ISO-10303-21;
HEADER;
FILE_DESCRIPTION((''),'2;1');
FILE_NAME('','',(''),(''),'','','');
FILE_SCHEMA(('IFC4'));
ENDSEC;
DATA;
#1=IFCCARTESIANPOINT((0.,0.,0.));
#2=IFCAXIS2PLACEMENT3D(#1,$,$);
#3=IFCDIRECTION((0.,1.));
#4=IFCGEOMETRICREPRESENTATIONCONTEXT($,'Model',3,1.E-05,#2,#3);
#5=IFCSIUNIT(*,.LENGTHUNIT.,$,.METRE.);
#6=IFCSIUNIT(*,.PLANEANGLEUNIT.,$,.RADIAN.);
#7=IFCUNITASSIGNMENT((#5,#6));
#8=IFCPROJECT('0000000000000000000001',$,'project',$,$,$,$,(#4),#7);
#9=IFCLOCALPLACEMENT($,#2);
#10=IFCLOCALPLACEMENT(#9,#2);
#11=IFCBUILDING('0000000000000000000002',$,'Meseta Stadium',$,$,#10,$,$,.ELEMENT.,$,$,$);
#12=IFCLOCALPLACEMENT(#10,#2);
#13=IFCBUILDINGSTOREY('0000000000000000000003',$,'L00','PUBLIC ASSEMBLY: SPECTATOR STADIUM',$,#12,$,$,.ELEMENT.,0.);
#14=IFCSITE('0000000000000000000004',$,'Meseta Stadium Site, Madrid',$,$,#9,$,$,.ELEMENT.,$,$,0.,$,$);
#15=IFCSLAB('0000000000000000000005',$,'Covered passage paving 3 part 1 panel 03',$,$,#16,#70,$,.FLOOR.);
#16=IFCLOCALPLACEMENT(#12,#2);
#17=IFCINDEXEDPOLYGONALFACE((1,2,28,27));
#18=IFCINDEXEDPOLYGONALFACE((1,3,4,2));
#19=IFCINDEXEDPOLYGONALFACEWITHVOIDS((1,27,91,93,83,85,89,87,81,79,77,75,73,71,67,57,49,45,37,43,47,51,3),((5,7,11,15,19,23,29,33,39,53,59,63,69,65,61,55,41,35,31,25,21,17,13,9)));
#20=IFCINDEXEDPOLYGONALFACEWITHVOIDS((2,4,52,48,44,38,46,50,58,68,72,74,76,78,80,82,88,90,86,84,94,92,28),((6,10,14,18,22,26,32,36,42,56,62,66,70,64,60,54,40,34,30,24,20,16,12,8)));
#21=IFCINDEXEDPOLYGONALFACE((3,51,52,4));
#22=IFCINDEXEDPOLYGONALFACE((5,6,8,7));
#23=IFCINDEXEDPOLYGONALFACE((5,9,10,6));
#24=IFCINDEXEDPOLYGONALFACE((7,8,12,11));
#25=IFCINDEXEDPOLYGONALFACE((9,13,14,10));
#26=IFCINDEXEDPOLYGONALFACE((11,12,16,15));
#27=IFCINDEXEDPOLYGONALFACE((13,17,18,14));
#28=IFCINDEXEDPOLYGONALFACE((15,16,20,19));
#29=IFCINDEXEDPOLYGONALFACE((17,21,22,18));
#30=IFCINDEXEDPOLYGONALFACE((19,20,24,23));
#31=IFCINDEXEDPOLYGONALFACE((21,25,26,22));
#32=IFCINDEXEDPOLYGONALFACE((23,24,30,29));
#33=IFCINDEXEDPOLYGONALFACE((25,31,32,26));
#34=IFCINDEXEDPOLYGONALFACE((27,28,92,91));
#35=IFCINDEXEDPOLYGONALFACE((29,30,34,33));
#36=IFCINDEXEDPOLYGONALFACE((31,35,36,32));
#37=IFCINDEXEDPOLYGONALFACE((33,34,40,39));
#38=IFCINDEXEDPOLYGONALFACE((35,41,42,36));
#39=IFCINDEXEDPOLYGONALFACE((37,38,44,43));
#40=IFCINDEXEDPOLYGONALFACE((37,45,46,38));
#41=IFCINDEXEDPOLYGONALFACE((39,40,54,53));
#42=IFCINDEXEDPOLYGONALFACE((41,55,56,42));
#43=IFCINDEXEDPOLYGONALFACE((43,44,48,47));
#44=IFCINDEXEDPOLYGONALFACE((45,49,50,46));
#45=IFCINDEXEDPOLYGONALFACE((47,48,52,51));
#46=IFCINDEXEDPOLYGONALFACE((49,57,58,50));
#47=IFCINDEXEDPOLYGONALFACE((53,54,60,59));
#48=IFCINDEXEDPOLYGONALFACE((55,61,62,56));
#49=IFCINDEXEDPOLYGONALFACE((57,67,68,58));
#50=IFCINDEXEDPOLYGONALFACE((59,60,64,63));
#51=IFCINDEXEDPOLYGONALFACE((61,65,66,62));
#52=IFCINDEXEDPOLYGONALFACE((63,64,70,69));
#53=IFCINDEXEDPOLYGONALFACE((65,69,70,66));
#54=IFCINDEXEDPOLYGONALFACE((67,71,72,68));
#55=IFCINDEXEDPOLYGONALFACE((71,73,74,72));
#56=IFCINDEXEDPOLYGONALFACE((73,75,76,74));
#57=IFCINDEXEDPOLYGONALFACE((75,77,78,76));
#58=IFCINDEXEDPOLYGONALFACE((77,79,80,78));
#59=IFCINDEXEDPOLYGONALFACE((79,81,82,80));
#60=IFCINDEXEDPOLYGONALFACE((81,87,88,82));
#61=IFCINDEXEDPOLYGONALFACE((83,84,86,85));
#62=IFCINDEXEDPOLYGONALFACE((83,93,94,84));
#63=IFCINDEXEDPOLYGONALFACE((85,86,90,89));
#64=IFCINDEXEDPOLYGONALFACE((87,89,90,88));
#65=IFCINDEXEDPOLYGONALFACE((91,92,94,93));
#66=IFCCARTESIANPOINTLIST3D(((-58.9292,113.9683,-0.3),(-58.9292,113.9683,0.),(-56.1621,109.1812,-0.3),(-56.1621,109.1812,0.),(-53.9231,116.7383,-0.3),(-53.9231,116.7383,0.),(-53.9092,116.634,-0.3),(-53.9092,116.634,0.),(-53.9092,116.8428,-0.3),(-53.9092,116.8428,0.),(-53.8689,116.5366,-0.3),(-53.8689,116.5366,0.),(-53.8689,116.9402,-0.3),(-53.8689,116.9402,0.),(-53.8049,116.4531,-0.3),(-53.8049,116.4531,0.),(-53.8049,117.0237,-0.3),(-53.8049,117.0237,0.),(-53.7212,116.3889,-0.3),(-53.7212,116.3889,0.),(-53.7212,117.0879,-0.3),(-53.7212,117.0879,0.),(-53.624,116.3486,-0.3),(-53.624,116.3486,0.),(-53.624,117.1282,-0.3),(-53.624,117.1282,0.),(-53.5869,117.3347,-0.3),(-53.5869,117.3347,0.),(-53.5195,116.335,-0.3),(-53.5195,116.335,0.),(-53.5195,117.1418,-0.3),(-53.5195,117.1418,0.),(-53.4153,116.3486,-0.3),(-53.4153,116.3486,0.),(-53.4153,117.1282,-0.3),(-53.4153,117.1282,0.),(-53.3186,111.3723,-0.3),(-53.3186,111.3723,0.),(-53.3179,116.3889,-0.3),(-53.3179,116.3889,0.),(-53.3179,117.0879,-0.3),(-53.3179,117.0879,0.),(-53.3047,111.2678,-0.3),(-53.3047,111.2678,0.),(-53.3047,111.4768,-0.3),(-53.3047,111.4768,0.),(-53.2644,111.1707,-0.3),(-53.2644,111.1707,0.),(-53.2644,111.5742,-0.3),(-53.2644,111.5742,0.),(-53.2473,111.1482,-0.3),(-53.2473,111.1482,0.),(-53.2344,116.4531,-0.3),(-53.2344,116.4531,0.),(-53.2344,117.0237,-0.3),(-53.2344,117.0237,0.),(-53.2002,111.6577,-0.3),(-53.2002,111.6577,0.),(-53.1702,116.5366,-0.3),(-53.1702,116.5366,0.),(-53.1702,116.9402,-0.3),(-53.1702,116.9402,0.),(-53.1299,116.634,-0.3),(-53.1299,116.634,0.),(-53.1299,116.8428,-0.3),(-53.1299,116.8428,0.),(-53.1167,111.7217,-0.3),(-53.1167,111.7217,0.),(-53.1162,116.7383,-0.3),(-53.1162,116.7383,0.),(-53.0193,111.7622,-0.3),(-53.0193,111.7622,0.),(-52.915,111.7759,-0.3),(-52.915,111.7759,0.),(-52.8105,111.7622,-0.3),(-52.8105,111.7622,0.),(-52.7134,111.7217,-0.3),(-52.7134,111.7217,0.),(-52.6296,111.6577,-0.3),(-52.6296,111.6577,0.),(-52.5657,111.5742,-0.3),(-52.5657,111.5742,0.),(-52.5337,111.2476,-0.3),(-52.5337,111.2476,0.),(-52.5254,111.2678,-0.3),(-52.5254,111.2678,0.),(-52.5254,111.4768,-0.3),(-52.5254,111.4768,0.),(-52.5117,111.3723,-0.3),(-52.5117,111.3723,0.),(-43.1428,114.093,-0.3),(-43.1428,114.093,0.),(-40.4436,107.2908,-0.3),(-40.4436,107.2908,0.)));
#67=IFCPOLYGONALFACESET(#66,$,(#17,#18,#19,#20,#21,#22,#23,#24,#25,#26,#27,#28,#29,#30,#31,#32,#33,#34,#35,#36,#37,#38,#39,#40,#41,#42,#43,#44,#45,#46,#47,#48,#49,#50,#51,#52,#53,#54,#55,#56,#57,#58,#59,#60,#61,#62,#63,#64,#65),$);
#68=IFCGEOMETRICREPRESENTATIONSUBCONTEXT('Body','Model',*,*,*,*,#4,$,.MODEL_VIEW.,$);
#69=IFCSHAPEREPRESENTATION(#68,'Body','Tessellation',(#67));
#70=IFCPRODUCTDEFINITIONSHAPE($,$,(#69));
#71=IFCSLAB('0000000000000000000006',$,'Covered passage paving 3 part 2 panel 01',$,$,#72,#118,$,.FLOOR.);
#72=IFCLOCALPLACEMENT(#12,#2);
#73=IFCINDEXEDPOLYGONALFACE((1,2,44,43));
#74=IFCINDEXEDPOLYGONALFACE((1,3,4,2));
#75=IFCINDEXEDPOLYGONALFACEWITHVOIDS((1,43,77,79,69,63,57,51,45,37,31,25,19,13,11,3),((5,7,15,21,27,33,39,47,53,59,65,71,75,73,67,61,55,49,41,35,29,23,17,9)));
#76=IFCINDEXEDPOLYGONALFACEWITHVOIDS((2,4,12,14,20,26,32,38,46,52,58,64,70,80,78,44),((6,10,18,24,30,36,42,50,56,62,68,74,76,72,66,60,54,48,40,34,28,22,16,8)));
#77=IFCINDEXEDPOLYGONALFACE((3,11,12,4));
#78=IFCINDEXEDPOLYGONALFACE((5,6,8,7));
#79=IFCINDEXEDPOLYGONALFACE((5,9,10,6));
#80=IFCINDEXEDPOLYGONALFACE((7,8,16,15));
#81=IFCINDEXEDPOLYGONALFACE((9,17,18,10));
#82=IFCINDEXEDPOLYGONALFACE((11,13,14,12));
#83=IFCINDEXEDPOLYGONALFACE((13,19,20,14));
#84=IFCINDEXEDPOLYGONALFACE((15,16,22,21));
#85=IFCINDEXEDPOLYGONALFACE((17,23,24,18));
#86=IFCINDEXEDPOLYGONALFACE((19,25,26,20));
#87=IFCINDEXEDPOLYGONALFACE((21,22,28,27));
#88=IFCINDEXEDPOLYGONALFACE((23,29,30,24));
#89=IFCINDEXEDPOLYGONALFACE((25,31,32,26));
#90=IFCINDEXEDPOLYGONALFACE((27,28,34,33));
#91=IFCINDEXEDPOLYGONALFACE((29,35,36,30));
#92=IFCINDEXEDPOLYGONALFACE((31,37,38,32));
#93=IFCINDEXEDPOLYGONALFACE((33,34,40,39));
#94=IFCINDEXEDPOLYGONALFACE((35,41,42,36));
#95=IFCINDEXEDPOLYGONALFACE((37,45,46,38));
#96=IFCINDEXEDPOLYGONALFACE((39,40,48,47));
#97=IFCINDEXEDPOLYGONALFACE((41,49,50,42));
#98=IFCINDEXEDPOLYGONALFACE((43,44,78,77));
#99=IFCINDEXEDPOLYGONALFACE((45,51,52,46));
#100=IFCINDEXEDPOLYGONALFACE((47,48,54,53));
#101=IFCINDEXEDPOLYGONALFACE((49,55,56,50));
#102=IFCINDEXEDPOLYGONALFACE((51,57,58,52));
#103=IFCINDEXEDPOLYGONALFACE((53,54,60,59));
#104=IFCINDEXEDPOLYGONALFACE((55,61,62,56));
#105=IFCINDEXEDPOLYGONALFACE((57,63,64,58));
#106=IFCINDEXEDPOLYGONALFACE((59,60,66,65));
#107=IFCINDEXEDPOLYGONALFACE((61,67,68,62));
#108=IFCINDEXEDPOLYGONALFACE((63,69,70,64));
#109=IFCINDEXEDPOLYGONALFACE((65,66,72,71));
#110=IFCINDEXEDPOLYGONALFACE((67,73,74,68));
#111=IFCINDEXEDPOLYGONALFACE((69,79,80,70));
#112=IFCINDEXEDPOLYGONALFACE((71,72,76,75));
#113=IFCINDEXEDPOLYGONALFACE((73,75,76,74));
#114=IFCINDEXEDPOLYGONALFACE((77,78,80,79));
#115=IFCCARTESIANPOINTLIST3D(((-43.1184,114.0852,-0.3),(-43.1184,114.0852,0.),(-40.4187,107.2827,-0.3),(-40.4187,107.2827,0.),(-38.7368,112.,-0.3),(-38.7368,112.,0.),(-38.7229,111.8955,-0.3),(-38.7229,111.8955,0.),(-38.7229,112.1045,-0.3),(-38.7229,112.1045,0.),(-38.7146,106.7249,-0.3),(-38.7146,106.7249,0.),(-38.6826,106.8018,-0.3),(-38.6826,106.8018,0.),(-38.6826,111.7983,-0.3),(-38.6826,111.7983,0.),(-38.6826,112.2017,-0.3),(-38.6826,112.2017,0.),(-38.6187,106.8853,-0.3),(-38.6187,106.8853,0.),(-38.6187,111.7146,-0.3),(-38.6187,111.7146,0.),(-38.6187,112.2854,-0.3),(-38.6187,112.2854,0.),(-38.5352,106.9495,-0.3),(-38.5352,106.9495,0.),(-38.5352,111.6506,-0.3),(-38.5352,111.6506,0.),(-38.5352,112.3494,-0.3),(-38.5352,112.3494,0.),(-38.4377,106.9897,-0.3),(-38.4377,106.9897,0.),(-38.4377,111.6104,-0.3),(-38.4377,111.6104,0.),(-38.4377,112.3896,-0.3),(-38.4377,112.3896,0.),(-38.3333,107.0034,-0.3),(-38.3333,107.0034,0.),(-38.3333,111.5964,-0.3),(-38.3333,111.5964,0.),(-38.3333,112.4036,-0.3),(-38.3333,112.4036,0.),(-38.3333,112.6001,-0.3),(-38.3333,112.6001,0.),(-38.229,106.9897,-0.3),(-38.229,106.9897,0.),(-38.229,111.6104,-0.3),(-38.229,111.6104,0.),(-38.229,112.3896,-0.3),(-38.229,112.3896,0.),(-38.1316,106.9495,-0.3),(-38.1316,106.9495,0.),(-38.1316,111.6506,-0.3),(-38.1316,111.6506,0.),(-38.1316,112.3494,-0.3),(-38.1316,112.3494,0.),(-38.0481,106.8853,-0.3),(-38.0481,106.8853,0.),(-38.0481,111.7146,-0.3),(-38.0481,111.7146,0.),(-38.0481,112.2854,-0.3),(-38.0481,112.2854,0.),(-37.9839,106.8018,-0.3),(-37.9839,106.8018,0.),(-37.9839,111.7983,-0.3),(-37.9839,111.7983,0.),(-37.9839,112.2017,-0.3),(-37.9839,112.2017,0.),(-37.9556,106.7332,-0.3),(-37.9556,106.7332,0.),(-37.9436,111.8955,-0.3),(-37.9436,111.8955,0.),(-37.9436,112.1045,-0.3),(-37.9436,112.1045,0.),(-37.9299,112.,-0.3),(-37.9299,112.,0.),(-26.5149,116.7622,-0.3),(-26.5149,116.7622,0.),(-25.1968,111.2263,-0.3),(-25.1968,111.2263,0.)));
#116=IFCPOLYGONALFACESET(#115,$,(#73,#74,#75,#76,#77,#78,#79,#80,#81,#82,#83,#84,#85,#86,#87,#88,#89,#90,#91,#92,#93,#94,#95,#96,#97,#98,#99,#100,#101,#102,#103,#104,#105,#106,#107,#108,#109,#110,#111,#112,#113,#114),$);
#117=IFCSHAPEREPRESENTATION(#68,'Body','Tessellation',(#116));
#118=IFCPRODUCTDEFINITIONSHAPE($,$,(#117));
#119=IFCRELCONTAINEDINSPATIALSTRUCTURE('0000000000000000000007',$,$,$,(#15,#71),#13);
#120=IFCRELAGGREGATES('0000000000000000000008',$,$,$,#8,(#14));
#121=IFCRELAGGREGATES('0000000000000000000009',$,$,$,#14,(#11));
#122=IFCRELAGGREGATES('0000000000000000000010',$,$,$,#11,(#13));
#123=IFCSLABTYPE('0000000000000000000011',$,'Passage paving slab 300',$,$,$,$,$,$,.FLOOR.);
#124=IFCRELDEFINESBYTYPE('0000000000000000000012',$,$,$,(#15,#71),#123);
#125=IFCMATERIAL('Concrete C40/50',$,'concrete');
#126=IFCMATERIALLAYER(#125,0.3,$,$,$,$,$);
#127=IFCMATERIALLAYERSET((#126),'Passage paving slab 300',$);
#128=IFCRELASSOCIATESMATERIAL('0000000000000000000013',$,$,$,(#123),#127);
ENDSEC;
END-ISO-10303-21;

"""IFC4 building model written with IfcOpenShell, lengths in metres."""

from ifc_helpers import new_model, si_unit, direction, frame, origin, place, context, subcontext, project, spatial, polyline, outline, extrude, material, layer, layer_set, type_object, element, save


model = new_model("IFC4")

# Units and contexts
model_context = context("Model", 3, precision=1e-05, world=origin(), true_north=direction((0.0, 1.0)))
body_context = subcontext(model_context, "Body", "Model", "MODEL_VIEW")
ifc_project = project(units=[si_unit("LENGTHUNIT", "METRE"), si_unit("PLANEANGLEUNIT", "RADIAN")], contexts=[model_context])

# Site, building, storey
site_placement = place(None, origin())
site = spatial("IfcSite", under=ifc_project, at=site_placement, Name="Meseta Stadium Site, Madrid", CompositionType="ELEMENT", RefElevation=0.0)
building_placement = place(site_placement, origin())
building = spatial("IfcBuilding", under=site, at=building_placement, Name="Meseta Stadium", CompositionType="ELEMENT")
storey_placement = place(building_placement, origin())
storey = spatial("IfcBuildingStorey", under=building, at=storey_placement, Name="L00", Description="PUBLIC ASSEMBLY: SPECTATOR STADIUM", CompositionType="ELEMENT", Elevation=0.0)

# Slabs
ifc_material_1 = material(Name="Concrete C40/50", Category="concrete")
ifc_layer_1 = layer(ifc_material_1, 0.3)
ifc_layer_set_1 = layer_set([ifc_layer_1], Name="Passage paving slab 300")
slab_type_1 = type_object("IfcSlabType", Name="Passage paving slab 300", PredefinedType="FLOOR", material=ifc_layer_set_1)
slab_1_placement = place(storey_placement, frame((0.0, 0.0, -0.3)))
element("IfcSlab", 1, at=slab_1_placement, inside=storey, type_object=slab_type_1, Name="Covered passage paving 3 part 1 panel 03", PredefinedType="FLOOR", context=body_context, shape_type="SweptSolid", body=[
    extrude(outline(polyline([(-43.1428, 114.093), (-53.5869, 117.3347), (-58.9292, 113.9683), (-56.1621, 109.1812), (-53.2473, 111.1482), (-53.2644, 111.1707), (-53.3047, 111.2678), (-53.3186, 111.3723), (-53.3047, 111.4768), (-53.2644, 111.5742), (-53.2002, 111.6577), (-53.1167, 111.7217), (-53.0193, 111.7622), (-52.915, 111.7759), (-52.8105, 111.7622), (-52.7134, 111.7217), (-52.6296, 111.6577), (-52.5657, 111.5742), (-52.5254, 111.4768), (-52.5117, 111.3723), (-52.5254, 111.2678), (-52.5337, 111.2476), (-40.4436, 107.2908), (-43.1428, 114.093)]), holes=[polyline([(-53.5195, 116.335), (-53.624, 116.3486), (-53.7212, 116.3889), (-53.8049, 116.4531), (-53.8689, 116.5366), (-53.9092, 116.634), (-53.9231, 116.7383), (-53.9092, 116.8428), (-53.8689, 116.9402), (-53.8049, 117.0237), (-53.7212, 117.0879), (-53.624, 117.1282), (-53.5195, 117.1418), (-53.4153, 117.1282), (-53.3179, 117.0879), (-53.2344, 117.0237), (-53.1702, 116.9402), (-53.1299, 116.8428), (-53.1162, 116.7383), (-53.1299, 116.634), (-53.1702, 116.5366), (-53.2344, 116.4531), (-53.3179, 116.3889), (-53.4153, 116.3486), (-53.5195, 116.335)])]), origin(), (0.0, 0.0, 1.0), 0.3),
])
slab_2_placement = place(storey_placement, frame((0.0, 0.0, -0.3)))
element("IfcSlab", 2, at=slab_2_placement, inside=storey, type_object=slab_type_1, Name="Covered passage paving 3 part 2 panel 01", PredefinedType="FLOOR", context=body_context, shape_type="SweptSolid", body=[
    extrude(outline(polyline([(-37.9839, 106.8018), (-37.9556, 106.7332), (-25.1968, 111.2263), (-26.5149, 116.7622), (-38.3333, 112.6001), (-43.1184, 114.0852), (-40.4187, 107.2827), (-38.7146, 106.7249), (-38.6826, 106.8018), (-38.6187, 106.8853), (-38.5352, 106.9495), (-38.4377, 106.9897), (-38.3333, 107.0034), (-38.229, 106.9897), (-38.1316, 106.9495), (-38.0481, 106.8853), (-37.9839, 106.8018)]), holes=[polyline([(-38.3333, 111.5964), (-38.4377, 111.6104), (-38.5352, 111.6506), (-38.6187, 111.7146), (-38.6826, 111.7983), (-38.7229, 111.8955), (-38.7368, 112.0), (-38.7229, 112.1045), (-38.6826, 112.2017), (-38.6187, 112.2854), (-38.5352, 112.3494), (-38.4377, 112.3896), (-38.3333, 112.4036), (-38.229, 112.3896), (-38.1316, 112.3494), (-38.0481, 112.2854), (-37.9839, 112.2017), (-37.9436, 112.1045), (-37.9299, 112.0), (-37.9436, 111.8955), (-37.9839, 111.7983), (-38.0481, 111.7146), (-38.1316, 111.6506), (-38.229, 111.6104), (-38.3333, 111.5964)])]), origin(), (0.0, 0.0, 1.0), 0.3),
])

save(model, "model.ifc")
